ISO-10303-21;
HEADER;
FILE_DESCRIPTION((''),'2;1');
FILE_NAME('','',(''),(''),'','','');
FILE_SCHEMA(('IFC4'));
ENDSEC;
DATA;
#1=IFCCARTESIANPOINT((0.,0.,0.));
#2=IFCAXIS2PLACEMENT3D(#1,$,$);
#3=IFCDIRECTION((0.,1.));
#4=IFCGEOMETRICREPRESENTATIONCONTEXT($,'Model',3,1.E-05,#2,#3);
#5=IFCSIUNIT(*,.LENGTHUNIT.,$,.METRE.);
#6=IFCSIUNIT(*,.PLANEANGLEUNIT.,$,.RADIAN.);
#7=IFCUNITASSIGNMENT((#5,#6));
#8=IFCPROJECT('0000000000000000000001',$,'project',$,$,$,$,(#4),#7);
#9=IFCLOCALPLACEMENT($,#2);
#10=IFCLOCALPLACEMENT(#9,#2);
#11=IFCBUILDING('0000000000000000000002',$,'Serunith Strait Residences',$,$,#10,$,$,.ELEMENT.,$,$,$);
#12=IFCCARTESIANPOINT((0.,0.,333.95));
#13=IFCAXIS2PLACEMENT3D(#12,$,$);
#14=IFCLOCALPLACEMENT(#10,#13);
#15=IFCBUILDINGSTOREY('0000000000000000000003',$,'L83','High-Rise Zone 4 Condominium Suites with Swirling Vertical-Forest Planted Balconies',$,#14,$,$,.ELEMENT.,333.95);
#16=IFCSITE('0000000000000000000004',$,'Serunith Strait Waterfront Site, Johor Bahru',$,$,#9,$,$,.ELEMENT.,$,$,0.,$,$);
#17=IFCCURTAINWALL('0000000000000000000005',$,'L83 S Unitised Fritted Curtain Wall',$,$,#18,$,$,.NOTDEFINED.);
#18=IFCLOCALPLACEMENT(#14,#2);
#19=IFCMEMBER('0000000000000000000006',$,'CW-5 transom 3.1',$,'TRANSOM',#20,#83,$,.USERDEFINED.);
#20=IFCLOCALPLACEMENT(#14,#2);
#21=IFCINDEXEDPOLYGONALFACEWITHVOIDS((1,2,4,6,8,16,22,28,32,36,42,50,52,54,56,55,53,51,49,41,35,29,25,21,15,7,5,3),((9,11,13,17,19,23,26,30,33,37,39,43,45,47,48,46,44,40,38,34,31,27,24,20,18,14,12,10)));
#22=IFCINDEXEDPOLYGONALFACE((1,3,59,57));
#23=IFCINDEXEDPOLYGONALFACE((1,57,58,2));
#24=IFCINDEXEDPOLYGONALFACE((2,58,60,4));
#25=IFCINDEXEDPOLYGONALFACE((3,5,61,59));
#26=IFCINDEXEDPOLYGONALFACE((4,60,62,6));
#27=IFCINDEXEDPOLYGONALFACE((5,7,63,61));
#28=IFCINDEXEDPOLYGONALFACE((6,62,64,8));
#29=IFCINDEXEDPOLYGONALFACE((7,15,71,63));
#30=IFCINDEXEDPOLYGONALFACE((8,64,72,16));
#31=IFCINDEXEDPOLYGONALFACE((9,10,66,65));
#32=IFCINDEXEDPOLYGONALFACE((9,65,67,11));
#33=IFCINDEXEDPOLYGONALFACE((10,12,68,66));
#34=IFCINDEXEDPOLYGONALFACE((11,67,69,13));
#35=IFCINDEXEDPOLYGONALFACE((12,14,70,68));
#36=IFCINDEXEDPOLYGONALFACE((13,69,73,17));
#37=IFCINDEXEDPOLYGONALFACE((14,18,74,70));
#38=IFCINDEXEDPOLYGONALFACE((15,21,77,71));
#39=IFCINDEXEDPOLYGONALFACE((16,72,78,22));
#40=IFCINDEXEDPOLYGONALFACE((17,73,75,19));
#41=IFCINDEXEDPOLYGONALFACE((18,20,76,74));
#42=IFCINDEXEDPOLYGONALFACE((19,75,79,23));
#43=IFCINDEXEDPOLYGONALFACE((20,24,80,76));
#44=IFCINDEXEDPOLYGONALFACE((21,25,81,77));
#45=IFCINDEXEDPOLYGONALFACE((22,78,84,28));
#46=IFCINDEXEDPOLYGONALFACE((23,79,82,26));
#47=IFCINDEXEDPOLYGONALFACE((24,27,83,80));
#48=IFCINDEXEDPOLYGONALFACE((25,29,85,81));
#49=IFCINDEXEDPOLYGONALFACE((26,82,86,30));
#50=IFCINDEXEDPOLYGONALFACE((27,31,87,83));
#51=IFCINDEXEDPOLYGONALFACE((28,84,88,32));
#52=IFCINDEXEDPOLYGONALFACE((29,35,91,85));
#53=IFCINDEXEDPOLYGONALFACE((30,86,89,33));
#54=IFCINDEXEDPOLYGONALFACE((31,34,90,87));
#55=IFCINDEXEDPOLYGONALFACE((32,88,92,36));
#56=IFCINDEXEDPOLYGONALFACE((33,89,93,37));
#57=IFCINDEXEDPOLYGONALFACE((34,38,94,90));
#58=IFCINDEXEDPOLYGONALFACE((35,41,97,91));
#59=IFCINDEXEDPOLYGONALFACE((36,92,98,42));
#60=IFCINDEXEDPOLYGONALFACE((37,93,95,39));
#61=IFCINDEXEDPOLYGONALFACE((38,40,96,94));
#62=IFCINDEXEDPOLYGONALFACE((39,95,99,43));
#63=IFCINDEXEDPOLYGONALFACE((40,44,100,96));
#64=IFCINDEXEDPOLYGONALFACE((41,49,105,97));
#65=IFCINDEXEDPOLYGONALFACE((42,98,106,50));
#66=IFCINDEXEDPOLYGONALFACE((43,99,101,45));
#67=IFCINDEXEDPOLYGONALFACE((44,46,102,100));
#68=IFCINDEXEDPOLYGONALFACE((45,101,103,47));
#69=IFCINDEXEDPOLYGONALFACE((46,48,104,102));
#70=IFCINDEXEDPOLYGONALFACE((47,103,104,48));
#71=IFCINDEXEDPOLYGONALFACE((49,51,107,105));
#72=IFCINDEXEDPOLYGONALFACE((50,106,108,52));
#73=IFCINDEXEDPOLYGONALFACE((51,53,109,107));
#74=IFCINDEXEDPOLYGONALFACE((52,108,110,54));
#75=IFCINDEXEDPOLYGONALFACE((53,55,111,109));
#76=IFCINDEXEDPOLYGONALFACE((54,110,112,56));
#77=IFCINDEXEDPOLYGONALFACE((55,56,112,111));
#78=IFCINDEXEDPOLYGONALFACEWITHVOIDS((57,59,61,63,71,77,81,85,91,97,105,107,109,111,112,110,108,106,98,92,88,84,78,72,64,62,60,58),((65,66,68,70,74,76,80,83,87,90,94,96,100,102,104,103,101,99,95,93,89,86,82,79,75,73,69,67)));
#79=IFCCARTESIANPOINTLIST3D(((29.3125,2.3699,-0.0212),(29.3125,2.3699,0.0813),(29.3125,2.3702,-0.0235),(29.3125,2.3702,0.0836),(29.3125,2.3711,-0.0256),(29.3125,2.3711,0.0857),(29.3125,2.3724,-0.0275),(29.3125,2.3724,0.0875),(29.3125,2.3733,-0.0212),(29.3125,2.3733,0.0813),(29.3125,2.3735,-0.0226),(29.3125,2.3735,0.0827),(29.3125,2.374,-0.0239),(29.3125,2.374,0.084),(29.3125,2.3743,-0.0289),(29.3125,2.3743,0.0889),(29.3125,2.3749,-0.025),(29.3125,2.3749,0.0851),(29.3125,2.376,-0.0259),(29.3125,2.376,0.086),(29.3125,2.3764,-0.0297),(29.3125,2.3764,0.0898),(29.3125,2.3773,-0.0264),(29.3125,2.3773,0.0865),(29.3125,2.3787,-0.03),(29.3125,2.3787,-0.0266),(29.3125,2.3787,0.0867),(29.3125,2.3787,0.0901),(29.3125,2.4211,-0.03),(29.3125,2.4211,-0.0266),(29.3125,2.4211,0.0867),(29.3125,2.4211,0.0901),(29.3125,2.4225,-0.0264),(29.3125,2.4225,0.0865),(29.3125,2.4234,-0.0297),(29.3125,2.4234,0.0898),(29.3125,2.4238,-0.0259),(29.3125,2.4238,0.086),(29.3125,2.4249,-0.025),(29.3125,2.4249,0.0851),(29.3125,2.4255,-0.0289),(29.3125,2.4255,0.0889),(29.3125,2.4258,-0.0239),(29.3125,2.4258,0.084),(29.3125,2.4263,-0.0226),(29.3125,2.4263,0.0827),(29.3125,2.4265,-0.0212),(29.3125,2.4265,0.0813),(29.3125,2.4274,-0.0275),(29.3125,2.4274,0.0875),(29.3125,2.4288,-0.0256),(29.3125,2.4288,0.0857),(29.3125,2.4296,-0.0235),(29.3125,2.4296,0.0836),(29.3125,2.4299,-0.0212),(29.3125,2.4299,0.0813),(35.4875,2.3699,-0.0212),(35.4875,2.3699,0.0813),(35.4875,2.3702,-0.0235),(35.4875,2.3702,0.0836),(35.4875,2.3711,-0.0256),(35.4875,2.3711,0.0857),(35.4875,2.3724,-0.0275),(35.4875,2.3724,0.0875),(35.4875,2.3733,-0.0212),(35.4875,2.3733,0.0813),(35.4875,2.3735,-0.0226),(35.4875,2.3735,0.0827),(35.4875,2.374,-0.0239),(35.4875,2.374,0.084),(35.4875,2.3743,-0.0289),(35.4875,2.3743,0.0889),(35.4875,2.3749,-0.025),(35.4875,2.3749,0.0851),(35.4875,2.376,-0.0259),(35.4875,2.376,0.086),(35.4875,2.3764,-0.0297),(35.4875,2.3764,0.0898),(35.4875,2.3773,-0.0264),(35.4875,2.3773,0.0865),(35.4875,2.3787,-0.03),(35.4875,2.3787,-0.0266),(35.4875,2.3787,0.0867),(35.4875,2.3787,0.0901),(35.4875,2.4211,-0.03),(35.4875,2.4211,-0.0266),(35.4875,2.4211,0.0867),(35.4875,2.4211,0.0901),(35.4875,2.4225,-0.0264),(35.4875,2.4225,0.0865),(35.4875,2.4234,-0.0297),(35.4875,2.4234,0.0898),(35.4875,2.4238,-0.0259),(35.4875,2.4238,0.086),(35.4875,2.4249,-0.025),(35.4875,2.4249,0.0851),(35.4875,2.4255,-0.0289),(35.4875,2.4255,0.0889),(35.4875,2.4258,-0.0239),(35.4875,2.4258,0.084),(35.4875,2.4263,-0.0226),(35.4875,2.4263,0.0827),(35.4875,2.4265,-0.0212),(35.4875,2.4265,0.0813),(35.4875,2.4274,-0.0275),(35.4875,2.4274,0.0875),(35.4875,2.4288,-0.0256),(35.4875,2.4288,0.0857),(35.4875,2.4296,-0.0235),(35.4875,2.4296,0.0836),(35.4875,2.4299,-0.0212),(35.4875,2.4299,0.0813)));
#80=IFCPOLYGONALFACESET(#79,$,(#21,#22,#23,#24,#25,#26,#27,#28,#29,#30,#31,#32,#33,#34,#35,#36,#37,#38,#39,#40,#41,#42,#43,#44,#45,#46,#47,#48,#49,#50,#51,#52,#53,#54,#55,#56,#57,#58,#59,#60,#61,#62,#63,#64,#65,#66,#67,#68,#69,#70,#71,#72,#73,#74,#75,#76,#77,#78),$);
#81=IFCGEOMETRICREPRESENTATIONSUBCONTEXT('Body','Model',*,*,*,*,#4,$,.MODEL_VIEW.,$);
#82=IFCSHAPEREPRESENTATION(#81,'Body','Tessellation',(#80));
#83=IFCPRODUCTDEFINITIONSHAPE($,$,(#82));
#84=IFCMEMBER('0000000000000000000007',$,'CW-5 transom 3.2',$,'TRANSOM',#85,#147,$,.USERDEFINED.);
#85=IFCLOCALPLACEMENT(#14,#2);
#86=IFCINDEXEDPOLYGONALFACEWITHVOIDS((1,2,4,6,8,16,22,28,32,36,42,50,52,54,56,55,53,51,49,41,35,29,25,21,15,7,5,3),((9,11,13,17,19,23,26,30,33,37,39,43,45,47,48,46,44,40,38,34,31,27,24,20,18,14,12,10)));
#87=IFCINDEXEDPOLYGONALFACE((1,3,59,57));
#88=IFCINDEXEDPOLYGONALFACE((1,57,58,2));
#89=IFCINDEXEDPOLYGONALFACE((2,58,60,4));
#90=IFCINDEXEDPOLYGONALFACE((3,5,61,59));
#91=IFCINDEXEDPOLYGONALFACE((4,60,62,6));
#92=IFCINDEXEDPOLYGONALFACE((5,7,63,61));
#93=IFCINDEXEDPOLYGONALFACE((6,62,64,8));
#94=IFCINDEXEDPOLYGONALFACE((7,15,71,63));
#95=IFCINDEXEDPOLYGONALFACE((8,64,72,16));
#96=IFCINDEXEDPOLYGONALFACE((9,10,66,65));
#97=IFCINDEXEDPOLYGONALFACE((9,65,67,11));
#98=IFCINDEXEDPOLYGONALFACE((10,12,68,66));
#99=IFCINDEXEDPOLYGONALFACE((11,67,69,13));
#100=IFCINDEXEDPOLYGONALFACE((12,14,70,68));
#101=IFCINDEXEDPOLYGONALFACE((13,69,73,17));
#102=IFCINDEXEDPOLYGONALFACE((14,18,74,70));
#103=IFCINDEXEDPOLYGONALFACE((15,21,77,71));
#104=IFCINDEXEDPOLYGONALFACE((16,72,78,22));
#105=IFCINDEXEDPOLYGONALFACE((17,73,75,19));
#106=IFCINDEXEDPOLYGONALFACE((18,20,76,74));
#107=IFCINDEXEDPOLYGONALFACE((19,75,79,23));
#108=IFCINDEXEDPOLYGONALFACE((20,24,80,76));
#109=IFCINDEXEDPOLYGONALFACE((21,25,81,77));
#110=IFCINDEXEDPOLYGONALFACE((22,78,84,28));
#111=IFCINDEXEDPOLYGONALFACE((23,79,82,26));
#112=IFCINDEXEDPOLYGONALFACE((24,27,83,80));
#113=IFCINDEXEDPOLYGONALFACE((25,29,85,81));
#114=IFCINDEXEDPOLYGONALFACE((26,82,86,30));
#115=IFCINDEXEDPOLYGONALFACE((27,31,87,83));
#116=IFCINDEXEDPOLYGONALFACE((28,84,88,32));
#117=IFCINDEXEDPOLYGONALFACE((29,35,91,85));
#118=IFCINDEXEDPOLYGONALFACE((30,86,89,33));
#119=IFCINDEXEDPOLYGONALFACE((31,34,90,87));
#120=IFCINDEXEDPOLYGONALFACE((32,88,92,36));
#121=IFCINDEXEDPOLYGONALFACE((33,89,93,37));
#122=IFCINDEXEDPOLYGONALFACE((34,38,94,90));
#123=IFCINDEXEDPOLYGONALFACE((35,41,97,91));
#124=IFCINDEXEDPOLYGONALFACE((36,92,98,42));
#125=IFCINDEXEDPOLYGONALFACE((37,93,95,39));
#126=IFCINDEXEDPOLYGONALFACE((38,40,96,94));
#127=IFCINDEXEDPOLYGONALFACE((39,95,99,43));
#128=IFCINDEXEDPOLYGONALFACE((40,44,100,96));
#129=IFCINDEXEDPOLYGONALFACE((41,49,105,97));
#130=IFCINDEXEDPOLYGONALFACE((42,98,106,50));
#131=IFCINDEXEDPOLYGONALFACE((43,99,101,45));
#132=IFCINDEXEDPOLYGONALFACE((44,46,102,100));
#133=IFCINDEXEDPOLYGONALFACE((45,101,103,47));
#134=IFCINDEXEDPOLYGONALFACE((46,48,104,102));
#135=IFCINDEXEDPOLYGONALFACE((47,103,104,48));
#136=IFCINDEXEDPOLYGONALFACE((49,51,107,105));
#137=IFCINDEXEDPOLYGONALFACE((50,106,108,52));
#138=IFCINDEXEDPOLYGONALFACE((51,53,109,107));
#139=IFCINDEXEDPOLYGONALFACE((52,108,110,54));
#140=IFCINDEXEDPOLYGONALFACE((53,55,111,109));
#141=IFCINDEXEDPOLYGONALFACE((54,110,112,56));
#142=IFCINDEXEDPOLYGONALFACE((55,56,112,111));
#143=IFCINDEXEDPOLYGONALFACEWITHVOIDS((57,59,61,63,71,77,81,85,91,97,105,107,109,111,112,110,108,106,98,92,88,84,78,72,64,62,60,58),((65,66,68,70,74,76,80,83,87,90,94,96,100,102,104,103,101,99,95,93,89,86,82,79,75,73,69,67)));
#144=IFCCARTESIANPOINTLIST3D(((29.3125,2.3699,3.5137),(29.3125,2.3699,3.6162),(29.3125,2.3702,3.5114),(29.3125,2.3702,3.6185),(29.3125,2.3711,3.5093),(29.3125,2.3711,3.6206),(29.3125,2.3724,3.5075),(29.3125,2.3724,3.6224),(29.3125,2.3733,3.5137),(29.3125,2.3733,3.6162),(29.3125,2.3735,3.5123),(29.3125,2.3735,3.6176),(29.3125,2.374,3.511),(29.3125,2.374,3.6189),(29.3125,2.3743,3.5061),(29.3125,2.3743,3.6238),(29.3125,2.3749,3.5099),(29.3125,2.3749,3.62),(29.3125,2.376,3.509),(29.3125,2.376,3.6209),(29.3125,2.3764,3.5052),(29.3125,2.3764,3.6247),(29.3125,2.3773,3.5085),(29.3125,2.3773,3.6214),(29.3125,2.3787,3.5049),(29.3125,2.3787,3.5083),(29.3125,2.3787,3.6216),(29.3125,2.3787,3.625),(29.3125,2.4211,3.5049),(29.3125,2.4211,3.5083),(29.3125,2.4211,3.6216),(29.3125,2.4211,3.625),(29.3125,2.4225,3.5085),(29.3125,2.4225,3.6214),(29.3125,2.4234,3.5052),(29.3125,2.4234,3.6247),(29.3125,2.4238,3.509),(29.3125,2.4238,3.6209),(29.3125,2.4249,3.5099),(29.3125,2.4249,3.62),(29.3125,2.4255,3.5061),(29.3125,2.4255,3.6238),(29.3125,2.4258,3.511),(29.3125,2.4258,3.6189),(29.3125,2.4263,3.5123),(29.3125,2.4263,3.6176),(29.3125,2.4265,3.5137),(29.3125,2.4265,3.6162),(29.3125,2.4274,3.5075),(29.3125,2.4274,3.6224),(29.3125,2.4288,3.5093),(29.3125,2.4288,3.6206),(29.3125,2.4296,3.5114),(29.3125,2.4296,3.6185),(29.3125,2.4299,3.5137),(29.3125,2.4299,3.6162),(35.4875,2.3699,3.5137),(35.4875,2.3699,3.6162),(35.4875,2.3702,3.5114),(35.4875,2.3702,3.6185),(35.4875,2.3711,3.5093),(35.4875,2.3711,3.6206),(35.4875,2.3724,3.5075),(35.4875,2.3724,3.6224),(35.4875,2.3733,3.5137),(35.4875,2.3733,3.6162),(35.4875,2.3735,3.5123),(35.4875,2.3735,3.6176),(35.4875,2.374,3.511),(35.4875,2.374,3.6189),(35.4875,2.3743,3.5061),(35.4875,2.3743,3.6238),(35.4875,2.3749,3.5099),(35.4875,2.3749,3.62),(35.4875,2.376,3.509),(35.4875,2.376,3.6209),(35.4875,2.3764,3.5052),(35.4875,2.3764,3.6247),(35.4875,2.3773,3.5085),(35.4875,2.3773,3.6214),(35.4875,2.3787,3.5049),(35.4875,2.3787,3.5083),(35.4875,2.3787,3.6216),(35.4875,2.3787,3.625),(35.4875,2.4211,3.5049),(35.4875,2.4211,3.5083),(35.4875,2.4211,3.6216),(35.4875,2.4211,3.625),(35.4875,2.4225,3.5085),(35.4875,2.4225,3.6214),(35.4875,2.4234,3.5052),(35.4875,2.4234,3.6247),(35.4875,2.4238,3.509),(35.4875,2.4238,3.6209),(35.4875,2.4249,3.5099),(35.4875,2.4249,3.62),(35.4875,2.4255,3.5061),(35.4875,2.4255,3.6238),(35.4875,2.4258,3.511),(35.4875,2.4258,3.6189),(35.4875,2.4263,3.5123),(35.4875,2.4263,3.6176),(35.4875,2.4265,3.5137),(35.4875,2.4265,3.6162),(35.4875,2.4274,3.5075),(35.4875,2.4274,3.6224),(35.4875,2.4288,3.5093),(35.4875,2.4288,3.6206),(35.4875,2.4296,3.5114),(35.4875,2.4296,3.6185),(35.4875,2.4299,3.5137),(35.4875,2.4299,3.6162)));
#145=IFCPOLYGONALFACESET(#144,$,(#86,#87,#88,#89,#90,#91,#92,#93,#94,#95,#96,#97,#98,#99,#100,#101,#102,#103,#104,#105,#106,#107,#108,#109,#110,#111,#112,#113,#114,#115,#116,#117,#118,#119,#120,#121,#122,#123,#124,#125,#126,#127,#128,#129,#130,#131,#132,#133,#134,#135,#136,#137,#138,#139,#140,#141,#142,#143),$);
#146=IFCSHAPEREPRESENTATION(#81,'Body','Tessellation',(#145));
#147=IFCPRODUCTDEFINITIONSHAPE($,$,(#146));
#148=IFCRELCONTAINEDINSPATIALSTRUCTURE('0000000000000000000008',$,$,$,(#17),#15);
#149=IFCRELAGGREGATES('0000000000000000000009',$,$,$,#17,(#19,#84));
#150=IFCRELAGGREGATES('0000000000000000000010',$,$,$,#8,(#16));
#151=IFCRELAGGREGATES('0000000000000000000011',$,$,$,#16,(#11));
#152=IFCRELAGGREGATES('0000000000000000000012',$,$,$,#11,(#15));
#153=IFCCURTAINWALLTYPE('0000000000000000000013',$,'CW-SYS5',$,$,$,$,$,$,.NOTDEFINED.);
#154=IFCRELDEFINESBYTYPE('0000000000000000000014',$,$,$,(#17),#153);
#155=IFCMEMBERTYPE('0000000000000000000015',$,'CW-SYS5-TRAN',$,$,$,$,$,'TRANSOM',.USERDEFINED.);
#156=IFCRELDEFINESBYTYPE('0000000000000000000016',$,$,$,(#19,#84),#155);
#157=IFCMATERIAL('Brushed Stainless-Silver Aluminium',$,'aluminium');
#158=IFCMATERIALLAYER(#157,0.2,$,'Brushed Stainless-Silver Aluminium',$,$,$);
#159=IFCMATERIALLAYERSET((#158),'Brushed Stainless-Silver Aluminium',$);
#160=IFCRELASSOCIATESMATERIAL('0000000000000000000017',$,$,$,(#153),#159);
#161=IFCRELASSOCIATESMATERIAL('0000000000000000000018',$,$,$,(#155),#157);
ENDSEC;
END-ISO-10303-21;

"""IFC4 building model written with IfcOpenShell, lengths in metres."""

from ifc_helpers import new_model, si_unit, direction, frame, origin, origin_2d, place, context, subcontext, project, spatial, hollow_rectangle, extrude, source, transform, mapped, material, layer, layer_set, material_profile, profile_set, type_object, element, aggregate, save


model = new_model("IFC4")

# Units and contexts
model_context = context("Model", 3, precision=1e-05, world=origin(), true_north=direction((0.0, 1.0)))
body_context = subcontext(model_context, "Body", "Model", "MODEL_VIEW")
ifc_project = project(units=[si_unit("LENGTHUNIT", "METRE"), si_unit("PLANEANGLEUNIT", "RADIAN")], contexts=[model_context])

# Site, building, storey
site_placement = place(None, origin())
site = spatial("IfcSite", under=ifc_project, at=site_placement, Name="Serunith Strait Waterfront Site, Johor Bahru", CompositionType="ELEMENT", RefElevation=0.0)
building_placement = place(site_placement, origin())
building = spatial("IfcBuilding", under=site, at=building_placement, Name="Serunith Strait Residences", CompositionType="ELEMENT")
storey_placement = place(building_placement, frame((0.0, 0.0, 333.95)))
storey = spatial("IfcBuildingStorey", under=building, at=storey_placement, Name="L83", Description="High-Rise Zone 4 Condominium Suites with Swirling Vertical-Forest Planted Balconies", CompositionType="ELEMENT", Elevation=333.95)

# Curtain wall, members
ifc_material_1 = material(Name="Brushed Stainless-Silver Aluminium", Category="aluminium")
ifc_layer_1 = layer(ifc_material_1, 0.2, Name="Brushed Stainless-Silver Aluminium")
ifc_layer_set_1 = layer_set([ifc_layer_1], Name="Brushed Stainless-Silver Aluminium")
curtain_wall_type = type_object("IfcCurtainWallType", Name="CW-SYS5", PredefinedType="NOTDEFINED", material=ifc_layer_set_1)
curtain_wall_placement = place(storey_placement, origin())
curtain_wall = element("IfcCurtainWall", 1, at=curtain_wall_placement, inside=storey, type_object=curtain_wall_type, Name="L83 S Unitised Fritted Curtain Wall", PredefinedType="NOTDEFINED")
ifc_material_profile_1 = material_profile(ifc_material_1, hollow_rectangle(XDim=0.0601, YDim=0.1201, WallThickness=0.0034, InnerFilletRadius=0.0054, OuterFilletRadius=0.0088, at=origin_2d()), Name="ALU 120x60x3.5")
ifc_profile_set_1 = profile_set([ifc_material_profile_1], Name="Brushed Stainless-Silver Aluminium")
member_type_1 = type_object("IfcMemberType", Name="CW-SYS5-TRAN", ElementType="TRANSOM", PredefinedType="USERDEFINED", material=ifc_profile_set_1)
shared_shape_1 = source(origin(), body_context, "Body", "SweptSolid", [
    extrude(hollow_rectangle(XDim=0.0601, YDim=0.1201, WallThickness=0.0034, InnerFilletRadius=0.0054, OuterFilletRadius=0.0088, at=origin_2d()), origin(), (0.0, 0.0, 1.0), 6.175),
])
member_1_placement = place(storey_placement, frame((29.3125, 2.3999, 0.03), z_axis=(1.0, 0.0, 0.0), x_axis=(0.0, 1.0, 0.0)))
member_1 = element("IfcMember", 2, at=member_1_placement, type_object=member_type_1, Name="CW-5 transom 3.1", ObjectType="TRANSOM", PredefinedType="USERDEFINED", context=body_context, shape_type="MappedRepresentation", body=[
    mapped(shared_shape_1, transform((0.0, 0.0, 0.0), scale=1.0)),
])
member_2_placement = place(storey_placement, frame((29.3125, 2.3999, 3.5649), z_axis=(1.0, 0.0, 0.0), x_axis=(0.0, 1.0, 0.0)))
member_2 = element("IfcMember", 3, at=member_2_placement, type_object=member_type_1, Name="CW-5 transom 3.2", ObjectType="TRANSOM", PredefinedType="USERDEFINED", context=body_context, shape_type="MappedRepresentation", body=[
    mapped(shared_shape_1, transform((0.0, 0.0, 0.0), scale=1.0)),
])
aggregate(curtain_wall, [member_1, member_2])

save(model, "model.ifc")
